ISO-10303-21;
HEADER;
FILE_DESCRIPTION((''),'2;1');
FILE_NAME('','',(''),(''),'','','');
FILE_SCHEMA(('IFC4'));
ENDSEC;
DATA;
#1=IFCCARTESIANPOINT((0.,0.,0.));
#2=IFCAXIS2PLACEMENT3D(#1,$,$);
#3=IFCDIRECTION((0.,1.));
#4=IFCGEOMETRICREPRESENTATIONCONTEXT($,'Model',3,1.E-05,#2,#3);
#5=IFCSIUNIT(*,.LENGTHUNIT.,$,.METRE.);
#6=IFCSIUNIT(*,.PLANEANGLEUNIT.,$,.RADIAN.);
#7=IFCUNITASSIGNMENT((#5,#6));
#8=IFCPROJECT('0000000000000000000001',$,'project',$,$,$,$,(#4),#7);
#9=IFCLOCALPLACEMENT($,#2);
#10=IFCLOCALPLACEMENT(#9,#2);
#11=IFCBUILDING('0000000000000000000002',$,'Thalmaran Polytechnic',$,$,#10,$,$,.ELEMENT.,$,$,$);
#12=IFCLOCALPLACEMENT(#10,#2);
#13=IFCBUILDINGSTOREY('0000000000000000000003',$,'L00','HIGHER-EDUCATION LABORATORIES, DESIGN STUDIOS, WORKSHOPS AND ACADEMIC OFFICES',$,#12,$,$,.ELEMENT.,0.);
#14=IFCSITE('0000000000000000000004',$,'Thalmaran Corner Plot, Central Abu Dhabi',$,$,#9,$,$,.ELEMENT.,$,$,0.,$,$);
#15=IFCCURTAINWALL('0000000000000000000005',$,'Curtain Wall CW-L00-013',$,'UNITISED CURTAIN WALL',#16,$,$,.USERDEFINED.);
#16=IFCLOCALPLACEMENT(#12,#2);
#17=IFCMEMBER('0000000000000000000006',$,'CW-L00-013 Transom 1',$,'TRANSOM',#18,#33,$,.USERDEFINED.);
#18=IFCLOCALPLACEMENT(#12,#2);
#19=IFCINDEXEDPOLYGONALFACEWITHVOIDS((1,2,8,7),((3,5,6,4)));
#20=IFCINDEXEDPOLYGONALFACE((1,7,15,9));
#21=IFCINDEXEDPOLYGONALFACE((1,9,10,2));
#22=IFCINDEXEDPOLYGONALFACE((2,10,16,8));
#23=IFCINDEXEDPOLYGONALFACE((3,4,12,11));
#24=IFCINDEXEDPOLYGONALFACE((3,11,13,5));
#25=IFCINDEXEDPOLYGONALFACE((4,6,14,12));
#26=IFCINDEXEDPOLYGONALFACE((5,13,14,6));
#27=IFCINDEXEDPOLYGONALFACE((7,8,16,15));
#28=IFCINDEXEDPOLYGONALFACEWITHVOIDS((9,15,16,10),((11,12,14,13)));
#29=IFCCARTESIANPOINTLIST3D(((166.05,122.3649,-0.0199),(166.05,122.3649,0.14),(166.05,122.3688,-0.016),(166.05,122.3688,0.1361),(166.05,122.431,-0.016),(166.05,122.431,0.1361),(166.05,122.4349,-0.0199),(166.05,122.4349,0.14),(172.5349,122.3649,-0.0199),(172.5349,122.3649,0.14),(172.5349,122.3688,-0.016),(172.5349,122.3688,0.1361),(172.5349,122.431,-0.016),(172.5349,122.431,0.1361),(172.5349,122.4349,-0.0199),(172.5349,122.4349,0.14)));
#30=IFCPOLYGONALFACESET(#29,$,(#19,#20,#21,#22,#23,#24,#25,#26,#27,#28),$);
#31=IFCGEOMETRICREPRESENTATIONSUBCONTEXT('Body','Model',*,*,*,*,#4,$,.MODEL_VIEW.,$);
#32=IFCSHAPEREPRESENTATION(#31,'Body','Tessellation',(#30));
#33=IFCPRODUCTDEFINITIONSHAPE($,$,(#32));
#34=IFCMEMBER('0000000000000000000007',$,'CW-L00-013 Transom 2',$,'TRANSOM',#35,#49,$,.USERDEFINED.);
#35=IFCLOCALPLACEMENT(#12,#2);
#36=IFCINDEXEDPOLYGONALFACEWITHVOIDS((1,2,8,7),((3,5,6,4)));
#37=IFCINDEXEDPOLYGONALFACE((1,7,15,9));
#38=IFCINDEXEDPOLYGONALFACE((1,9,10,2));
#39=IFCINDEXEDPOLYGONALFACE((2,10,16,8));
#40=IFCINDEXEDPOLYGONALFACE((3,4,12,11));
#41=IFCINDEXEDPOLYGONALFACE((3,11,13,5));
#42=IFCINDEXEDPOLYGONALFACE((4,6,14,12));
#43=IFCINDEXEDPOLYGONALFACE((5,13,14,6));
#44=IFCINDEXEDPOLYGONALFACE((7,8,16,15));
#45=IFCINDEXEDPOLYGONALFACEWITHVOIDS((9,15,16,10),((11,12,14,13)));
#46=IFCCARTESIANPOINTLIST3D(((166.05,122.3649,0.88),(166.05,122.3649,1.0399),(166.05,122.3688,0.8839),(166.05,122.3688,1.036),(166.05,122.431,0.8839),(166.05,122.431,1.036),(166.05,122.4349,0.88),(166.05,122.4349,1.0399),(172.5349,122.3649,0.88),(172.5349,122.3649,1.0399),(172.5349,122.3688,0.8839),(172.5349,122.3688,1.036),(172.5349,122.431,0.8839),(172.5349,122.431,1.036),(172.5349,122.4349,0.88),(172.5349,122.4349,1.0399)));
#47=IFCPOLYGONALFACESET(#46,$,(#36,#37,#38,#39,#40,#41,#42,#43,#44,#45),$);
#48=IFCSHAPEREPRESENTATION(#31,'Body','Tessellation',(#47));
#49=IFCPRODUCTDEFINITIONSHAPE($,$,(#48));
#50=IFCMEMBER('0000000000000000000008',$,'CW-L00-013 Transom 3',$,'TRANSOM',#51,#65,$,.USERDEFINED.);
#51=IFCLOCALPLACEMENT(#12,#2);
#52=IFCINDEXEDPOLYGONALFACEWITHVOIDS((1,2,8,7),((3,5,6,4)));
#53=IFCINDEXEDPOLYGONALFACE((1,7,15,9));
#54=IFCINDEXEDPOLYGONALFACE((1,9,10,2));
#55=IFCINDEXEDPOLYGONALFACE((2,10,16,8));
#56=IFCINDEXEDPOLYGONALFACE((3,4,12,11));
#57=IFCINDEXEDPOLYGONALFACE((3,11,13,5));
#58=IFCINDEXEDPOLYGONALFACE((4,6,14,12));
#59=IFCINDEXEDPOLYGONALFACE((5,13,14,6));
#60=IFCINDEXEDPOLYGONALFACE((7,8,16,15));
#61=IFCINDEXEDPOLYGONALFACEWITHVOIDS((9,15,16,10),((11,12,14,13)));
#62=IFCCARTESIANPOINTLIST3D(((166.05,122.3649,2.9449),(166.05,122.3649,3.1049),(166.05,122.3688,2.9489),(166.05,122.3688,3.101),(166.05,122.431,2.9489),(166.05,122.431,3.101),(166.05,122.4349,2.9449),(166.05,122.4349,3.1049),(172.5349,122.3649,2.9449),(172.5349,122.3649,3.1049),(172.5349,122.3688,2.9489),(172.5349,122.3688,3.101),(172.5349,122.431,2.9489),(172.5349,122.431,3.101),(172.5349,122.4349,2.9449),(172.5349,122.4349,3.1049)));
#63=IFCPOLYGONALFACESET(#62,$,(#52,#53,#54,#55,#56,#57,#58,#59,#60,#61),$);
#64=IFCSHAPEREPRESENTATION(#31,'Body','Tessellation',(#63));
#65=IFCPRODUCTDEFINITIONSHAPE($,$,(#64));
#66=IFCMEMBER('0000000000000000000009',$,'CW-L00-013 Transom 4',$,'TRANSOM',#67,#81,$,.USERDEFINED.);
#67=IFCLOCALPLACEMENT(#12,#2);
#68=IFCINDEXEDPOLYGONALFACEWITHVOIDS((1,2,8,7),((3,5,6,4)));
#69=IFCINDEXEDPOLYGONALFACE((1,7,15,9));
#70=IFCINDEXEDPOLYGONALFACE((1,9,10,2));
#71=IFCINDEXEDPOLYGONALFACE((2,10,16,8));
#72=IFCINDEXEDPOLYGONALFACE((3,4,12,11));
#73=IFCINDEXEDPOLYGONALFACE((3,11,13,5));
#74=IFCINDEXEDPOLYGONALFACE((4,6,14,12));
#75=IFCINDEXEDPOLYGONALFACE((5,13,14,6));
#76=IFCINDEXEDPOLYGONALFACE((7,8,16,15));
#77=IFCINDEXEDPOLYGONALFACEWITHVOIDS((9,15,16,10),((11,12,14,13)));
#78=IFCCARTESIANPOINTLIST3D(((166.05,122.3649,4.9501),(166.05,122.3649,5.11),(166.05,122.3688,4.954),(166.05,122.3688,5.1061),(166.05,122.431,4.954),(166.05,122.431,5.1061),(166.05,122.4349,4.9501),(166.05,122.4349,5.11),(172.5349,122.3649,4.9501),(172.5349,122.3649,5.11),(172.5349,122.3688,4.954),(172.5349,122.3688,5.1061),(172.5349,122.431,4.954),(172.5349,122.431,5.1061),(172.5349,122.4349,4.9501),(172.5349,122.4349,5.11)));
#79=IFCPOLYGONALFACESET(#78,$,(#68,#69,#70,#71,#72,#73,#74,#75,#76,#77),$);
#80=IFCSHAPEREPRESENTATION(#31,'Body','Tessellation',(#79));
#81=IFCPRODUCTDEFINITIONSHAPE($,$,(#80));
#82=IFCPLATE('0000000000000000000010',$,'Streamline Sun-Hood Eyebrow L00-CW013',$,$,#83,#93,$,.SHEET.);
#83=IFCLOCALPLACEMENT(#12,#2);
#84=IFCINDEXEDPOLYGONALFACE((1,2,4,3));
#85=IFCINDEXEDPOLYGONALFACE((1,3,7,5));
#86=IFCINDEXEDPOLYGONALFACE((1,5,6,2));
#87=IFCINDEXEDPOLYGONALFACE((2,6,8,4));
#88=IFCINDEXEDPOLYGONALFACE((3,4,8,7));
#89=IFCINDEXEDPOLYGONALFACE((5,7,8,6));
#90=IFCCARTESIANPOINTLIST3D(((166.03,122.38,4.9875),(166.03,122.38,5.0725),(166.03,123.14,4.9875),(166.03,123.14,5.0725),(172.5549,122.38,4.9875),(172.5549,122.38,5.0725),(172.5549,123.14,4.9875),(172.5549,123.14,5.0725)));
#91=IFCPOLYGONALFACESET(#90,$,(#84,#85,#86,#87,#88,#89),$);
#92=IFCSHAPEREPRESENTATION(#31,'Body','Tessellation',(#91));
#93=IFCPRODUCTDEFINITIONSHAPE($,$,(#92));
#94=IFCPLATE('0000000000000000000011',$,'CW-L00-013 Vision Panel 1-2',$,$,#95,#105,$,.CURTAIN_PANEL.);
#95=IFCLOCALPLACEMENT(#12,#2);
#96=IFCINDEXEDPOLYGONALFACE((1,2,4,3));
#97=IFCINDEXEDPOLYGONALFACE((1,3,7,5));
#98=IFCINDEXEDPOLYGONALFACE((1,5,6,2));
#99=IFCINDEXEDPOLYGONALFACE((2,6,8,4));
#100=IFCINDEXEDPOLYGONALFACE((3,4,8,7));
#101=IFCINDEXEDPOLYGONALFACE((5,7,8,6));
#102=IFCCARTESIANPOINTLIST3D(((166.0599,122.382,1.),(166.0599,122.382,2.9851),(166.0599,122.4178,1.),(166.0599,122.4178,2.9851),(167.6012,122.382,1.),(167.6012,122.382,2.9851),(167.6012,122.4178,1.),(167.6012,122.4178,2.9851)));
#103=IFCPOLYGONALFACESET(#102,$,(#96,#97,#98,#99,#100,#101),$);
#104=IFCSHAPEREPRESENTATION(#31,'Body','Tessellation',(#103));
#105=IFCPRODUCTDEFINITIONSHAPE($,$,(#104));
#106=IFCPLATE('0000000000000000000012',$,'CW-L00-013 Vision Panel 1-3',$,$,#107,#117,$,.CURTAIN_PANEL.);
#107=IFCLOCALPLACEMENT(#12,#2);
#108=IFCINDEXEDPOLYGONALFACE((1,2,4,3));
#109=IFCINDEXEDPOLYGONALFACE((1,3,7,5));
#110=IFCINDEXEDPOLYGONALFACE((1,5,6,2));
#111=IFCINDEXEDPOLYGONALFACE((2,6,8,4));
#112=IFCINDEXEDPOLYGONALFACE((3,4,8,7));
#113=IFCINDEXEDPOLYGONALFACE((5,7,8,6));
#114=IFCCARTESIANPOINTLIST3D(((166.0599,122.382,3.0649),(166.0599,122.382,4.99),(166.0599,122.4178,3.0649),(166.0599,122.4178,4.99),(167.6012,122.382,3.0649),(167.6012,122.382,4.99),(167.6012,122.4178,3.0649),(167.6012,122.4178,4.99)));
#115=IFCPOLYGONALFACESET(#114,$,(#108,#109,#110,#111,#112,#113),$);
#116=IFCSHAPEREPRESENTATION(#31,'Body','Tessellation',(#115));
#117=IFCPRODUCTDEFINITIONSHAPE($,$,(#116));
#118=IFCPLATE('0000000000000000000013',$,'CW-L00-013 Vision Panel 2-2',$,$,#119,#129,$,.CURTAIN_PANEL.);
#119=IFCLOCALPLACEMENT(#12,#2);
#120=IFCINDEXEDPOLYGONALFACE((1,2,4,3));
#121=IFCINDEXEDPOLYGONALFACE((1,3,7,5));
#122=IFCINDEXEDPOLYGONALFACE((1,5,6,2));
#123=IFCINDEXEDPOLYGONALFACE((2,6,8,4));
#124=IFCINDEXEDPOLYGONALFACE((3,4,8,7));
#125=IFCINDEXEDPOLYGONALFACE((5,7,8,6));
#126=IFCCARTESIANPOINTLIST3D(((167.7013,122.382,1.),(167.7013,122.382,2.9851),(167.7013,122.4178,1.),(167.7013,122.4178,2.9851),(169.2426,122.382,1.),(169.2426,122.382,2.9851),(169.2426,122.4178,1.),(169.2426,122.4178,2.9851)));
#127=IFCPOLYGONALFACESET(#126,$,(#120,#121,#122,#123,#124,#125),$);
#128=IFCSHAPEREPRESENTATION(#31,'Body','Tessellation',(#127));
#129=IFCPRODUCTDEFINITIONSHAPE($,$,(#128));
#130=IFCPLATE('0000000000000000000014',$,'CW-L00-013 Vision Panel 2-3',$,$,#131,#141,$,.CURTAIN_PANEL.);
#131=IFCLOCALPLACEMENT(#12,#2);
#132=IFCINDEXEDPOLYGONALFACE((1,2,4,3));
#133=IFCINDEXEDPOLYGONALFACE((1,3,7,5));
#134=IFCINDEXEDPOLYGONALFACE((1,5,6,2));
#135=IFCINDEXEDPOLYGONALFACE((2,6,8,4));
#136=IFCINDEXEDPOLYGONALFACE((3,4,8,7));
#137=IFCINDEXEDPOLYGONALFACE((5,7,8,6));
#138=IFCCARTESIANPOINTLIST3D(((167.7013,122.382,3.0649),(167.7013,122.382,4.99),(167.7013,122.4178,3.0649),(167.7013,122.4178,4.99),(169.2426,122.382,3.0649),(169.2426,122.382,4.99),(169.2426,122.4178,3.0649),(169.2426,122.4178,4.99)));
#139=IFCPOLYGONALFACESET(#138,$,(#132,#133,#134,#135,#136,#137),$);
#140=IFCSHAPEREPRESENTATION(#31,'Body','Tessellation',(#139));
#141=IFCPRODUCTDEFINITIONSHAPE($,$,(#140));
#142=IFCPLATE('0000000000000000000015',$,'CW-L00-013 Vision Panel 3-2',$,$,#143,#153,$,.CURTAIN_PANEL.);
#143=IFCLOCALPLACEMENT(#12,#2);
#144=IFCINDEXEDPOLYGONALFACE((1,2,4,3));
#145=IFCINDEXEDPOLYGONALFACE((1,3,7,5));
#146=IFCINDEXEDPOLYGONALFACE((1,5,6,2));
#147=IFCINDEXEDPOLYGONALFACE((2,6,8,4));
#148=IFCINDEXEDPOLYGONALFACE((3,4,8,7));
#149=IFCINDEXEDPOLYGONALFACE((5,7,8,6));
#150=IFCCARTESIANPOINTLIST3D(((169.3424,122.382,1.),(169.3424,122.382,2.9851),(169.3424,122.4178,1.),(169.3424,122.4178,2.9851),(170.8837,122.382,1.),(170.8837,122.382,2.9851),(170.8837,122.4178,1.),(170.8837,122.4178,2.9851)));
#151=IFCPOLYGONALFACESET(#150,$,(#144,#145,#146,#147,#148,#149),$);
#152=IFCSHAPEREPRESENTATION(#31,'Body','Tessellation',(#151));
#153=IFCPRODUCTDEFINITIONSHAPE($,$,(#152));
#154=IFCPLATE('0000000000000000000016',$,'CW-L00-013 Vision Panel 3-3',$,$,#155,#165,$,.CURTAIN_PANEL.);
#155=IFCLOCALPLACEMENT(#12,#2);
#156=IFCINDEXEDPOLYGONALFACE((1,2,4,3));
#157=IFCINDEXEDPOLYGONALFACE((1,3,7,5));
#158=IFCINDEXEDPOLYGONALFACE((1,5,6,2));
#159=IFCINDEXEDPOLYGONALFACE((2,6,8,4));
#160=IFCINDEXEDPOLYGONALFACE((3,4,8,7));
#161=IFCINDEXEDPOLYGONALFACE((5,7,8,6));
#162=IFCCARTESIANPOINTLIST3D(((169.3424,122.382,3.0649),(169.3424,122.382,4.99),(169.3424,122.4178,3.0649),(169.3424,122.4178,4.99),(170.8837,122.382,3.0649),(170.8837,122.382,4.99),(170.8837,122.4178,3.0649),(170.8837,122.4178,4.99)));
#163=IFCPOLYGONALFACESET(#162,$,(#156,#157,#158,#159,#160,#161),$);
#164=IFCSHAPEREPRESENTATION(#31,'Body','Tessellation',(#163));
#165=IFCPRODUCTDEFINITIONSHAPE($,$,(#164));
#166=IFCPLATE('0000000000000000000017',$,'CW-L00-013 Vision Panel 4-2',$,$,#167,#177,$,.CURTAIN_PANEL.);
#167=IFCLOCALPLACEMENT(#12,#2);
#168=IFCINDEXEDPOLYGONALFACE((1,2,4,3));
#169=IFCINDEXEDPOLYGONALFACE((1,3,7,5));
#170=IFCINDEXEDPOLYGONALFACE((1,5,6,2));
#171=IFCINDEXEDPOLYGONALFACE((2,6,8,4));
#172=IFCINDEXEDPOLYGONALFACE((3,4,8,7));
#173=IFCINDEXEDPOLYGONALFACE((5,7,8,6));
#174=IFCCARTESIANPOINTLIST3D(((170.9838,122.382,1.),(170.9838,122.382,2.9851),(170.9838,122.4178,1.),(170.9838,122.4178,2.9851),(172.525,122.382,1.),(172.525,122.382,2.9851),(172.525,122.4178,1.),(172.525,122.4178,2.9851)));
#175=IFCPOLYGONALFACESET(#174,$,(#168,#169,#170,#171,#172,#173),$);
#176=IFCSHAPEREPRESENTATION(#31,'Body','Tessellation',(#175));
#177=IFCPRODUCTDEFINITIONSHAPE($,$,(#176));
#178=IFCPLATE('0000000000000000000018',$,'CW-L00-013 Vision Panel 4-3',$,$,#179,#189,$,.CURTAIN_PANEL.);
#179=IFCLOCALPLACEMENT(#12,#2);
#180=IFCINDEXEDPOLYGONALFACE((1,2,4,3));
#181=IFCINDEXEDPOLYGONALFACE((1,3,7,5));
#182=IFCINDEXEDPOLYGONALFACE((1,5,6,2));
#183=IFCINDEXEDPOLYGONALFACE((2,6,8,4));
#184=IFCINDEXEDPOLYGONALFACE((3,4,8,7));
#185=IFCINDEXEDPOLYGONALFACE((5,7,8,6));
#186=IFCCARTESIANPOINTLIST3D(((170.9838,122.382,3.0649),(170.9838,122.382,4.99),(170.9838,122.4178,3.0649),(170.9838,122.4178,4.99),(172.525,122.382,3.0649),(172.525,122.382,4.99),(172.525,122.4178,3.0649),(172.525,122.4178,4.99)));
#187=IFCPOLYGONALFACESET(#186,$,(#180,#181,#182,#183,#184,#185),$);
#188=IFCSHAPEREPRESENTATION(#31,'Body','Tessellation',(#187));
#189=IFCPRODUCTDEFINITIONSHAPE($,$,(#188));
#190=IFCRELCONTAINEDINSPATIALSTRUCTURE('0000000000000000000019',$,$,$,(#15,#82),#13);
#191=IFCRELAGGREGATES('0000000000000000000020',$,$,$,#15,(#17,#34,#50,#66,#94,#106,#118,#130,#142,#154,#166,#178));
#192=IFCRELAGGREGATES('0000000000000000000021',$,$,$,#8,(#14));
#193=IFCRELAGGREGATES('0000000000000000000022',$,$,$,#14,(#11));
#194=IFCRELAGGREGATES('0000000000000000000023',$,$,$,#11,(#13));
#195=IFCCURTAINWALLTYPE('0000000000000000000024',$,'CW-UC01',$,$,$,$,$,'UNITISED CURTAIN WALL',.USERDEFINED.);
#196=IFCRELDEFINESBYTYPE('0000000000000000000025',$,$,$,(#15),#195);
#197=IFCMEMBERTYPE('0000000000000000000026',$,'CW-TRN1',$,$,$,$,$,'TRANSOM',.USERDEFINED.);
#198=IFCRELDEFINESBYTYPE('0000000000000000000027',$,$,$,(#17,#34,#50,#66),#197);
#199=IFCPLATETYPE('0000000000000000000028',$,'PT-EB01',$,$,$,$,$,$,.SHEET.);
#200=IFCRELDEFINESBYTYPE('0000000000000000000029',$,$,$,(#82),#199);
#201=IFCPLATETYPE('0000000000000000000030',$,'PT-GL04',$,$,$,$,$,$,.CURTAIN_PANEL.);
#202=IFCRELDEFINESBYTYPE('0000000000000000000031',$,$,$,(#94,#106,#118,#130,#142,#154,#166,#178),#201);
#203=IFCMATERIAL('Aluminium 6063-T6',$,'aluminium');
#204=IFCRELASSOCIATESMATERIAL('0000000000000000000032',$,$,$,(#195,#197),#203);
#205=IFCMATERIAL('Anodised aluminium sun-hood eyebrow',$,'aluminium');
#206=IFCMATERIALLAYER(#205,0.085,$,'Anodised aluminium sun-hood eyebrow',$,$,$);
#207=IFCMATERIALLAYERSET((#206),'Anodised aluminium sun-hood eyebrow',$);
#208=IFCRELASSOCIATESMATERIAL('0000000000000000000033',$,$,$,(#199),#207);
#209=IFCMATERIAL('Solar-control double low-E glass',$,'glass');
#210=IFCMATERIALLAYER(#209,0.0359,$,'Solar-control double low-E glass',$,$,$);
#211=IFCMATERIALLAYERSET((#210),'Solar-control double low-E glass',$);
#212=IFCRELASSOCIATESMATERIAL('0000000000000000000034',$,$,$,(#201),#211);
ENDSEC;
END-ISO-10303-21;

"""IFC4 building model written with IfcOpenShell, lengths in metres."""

from ifc_helpers import new_model, si_unit, direction, frame, origin, origin_2d, place, context, subcontext, project, spatial, rectangle, hollow_rectangle, extrude, material, layer, layer_set, material_profile, profile_set, type_object, element, aggregate, save


model = new_model("IFC4")

# Units and contexts
model_context = context("Model", 3, precision=1e-05, world=origin(), true_north=direction((0.0, 1.0)))
body_context = subcontext(model_context, "Body", "Model", "MODEL_VIEW")
ifc_project = project(units=[si_unit("LENGTHUNIT", "METRE"), si_unit("PLANEANGLEUNIT", "RADIAN")], contexts=[model_context])

# Site, building, storey
site_placement = place(None, origin())
site = spatial("IfcSite", under=ifc_project, at=site_placement, Name="Thalmaran Corner Plot, Central Abu Dhabi", CompositionType="ELEMENT", RefElevation=0.0)
building_placement = place(site_placement, origin())
building = spatial("IfcBuilding", under=site, at=building_placement, Name="Thalmaran Polytechnic", CompositionType="ELEMENT")
storey_placement = place(building_placement, origin())
storey = spatial("IfcBuildingStorey", under=building, at=storey_placement, Name="L00", Description="HIGHER-EDUCATION LABORATORIES, DESIGN STUDIOS, WORKSHOPS AND ACADEMIC OFFICES", CompositionType="ELEMENT", Elevation=0.0)

# Curtain wall, members
ifc_material_1 = material(Name="Aluminium 6063-T6", Category="aluminium")
curtain_wall_type = type_object("IfcCurtainWallType", Name="CW-UC01", ElementType="UNITISED CURTAIN WALL", PredefinedType="USERDEFINED", material=ifc_material_1)
curtain_wall_placement = place(storey_placement, origin())
curtain_wall = element("IfcCurtainWall", 1, at=curtain_wall_placement, inside=storey, type_object=curtain_wall_type, Name="Curtain Wall CW-L00-013", ObjectType="UNITISED CURTAIN WALL", PredefinedType="USERDEFINED")
ifc_material_profile_1 = material_profile(ifc_material_1, hollow_rectangle(XDim=0.0701, YDim=0.1599, WallThickness=0.0039, at=origin_2d()), Name="AL 160x70x4.0")
ifc_profile_set_1 = profile_set([ifc_material_profile_1], Name="Aluminium 6063-T6")
member_type_1 = type_object("IfcMemberType", Name="CW-TRN1", ElementType="TRANSOM", PredefinedType="USERDEFINED", material=ifc_profile_set_1)
member_1_placement = place(storey_placement, frame((166.05, 122.3999, 0.0601), z_axis=(1.0, 0.0, 0.0), x_axis=(0.0, 1.0, 0.0)))
member_1 = element("IfcMember", 2, at=member_1_placement, type_object=member_type_1, Name="CW-L00-013 Transom 1", ObjectType="TRANSOM", PredefinedType="USERDEFINED", context=body_context, shape_type="SweptSolid", body=[
    extrude(hollow_rectangle(XDim=0.0701, YDim=0.1599, WallThickness=0.0039, at=origin_2d()), origin(), (0.0, 0.0, 1.0), 6.4849),
])
member_2_placement = place(storey_placement, frame((166.05, 122.3999, 0.96), z_axis=(1.0, 0.0, 0.0), x_axis=(0.0, 1.0, 0.0)))
member_2 = element("IfcMember", 3, at=member_2_placement, type_object=member_type_1, Name="CW-L00-013 Transom 2", ObjectType="TRANSOM", PredefinedType="USERDEFINED", context=body_context, shape_type="SweptSolid", body=[
    extrude(hollow_rectangle(XDim=0.0701, YDim=0.1599, WallThickness=0.0039, at=origin_2d()), origin(), (0.0, 0.0, 1.0), 6.4849),
])
member_3_placement = place(storey_placement, frame((166.05, 122.3999, 3.0249), z_axis=(1.0, 0.0, 0.0), x_axis=(0.0, 1.0, 0.0)))
member_3 = element("IfcMember", 4, at=member_3_placement, type_object=member_type_1, Name="CW-L00-013 Transom 3", ObjectType="TRANSOM", PredefinedType="USERDEFINED", context=body_context, shape_type="SweptSolid", body=[
    extrude(hollow_rectangle(XDim=0.0701, YDim=0.1599, WallThickness=0.0039, at=origin_2d()), origin(), (0.0, 0.0, 1.0), 6.4849),
])
member_4_placement = place(storey_placement, frame((166.05, 122.3999, 5.03), z_axis=(1.0, 0.0, 0.0), x_axis=(0.0, 1.0, 0.0)))
member_4 = element("IfcMember", 5, at=member_4_placement, type_object=member_type_1, Name="CW-L00-013 Transom 4", ObjectType="TRANSOM", PredefinedType="USERDEFINED", context=body_context, shape_type="SweptSolid", body=[
    extrude(hollow_rectangle(XDim=0.0701, YDim=0.1599, WallThickness=0.0039, at=origin_2d()), origin(), (0.0, 0.0, 1.0), 6.4849),
])

# Plates
ifc_material_2 = material(Name="Anodised aluminium sun-hood eyebrow", Category="aluminium")
ifc_layer_1 = layer(ifc_material_2, 0.085, Name="Anodised aluminium sun-hood eyebrow")
ifc_layer_set_1 = layer_set([ifc_layer_1], Name="Anodised aluminium sun-hood eyebrow")
plate_type_1 = type_object("IfcPlateType", Name="PT-EB01", PredefinedType="SHEET", material=ifc_layer_set_1)
plate_1_placement = place(storey_placement, frame((169.2925, 122.76, 4.9875), z_axis=(0.0, 0.0, 1.0), x_axis=(1.0, 0.0, 0.0)))
element("IfcPlate", 6, at=plate_1_placement, inside=storey, type_object=plate_type_1, Name="Streamline Sun-Hood Eyebrow L00-CW013", PredefinedType="SHEET", context=body_context, shape_type="SweptSolid", body=[
    extrude(rectangle(XDim=6.5249, YDim=0.76, at=origin_2d()), origin(), (0.0, 0.0, 1.0), 0.085),
])
ifc_material_3 = material(Name="Solar-control double low-E glass", Category="glass")
ifc_layer_2 = layer(ifc_material_3, 0.0359, Name="Solar-control double low-E glass")
ifc_layer_set_2 = layer_set([ifc_layer_2], Name="Solar-control double low-E glass")
plate_type_2 = type_object("IfcPlateType", Name="PT-GL04", PredefinedType="CURTAIN_PANEL", material=ifc_layer_set_2)
plate_2_placement = place(storey_placement, frame((166.8306, 122.3999, 1.0), z_axis=(0.0, 0.0, 1.0), x_axis=(1.0, 0.0, 0.0)))
plate_2 = element("IfcPlate", 7, at=plate_2_placement, type_object=plate_type_2, Name="CW-L00-013 Vision Panel 1-2", PredefinedType="CURTAIN_PANEL", context=body_context, shape_type="SweptSolid", body=[
    extrude(rectangle(XDim=1.5413, YDim=0.0359, at=origin_2d()), origin(), (0.0, 0.0, 1.0), 1.9851),
])
plate_3_placement = place(storey_placement, frame((166.8306, 122.3999, 3.0649), z_axis=(0.0, 0.0, 1.0), x_axis=(1.0, 0.0, 0.0)))
plate_3 = element("IfcPlate", 8, at=plate_3_placement, type_object=plate_type_2, Name="CW-L00-013 Vision Panel 1-3", PredefinedType="CURTAIN_PANEL", context=body_context, shape_type="SweptSolid", body=[
    extrude(rectangle(XDim=1.5413, YDim=0.0359, at=origin_2d()), origin(), (0.0, 0.0, 1.0), 1.925),
])
plate_4_placement = place(storey_placement, frame((168.4719, 122.3999, 1.0), z_axis=(0.0, 0.0, 1.0), x_axis=(1.0, 0.0, 0.0)))
plate_4 = element("IfcPlate", 9, at=plate_4_placement, type_object=plate_type_2, Name="CW-L00-013 Vision Panel 2-2", PredefinedType="CURTAIN_PANEL", context=body_context, shape_type="SweptSolid", body=[
    extrude(rectangle(XDim=1.5413, YDim=0.0359, at=origin_2d()), origin(), (0.0, 0.0, 1.0), 1.9851),
])
plate_5_placement = place(storey_placement, frame((168.4719, 122.3999, 3.0649), z_axis=(0.0, 0.0, 1.0), x_axis=(1.0, 0.0, 0.0)))
plate_5 = element("IfcPlate", 10, at=plate_5_placement, type_object=plate_type_2, Name="CW-L00-013 Vision Panel 2-3", PredefinedType="CURTAIN_PANEL", context=body_context, shape_type="SweptSolid", body=[
    extrude(rectangle(XDim=1.5413, YDim=0.0359, at=origin_2d()), origin(), (0.0, 0.0, 1.0), 1.925),
])
plate_6_placement = place(storey_placement, frame((170.113, 122.3999, 1.0), z_axis=(0.0, 0.0, 1.0), x_axis=(1.0, 0.0, 0.0)))
plate_6 = element("IfcPlate", 11, at=plate_6_placement, type_object=plate_type_2, Name="CW-L00-013 Vision Panel 3-2", PredefinedType="CURTAIN_PANEL", context=body_context, shape_type="SweptSolid", body=[
    extrude(rectangle(XDim=1.5413, YDim=0.0359, at=origin_2d()), origin(), (0.0, 0.0, 1.0), 1.9851),
])
plate_7_placement = place(storey_placement, frame((170.113, 122.3999, 3.0649), z_axis=(0.0, 0.0, 1.0), x_axis=(1.0, 0.0, 0.0)))
plate_7 = element("IfcPlate", 12, at=plate_7_placement, type_object=plate_type_2, Name="CW-L00-013 Vision Panel 3-3", PredefinedType="CURTAIN_PANEL", context=body_context, shape_type="SweptSolid", body=[
    extrude(rectangle(XDim=1.5413, YDim=0.0359, at=origin_2d()), origin(), (0.0, 0.0, 1.0), 1.925),
])
plate_8_placement = place(storey_placement, frame((171.7544, 122.3999, 1.0), z_axis=(0.0, 0.0, 1.0), x_axis=(1.0, 0.0, 0.0)))
plate_8 = element("IfcPlate", 13, at=plate_8_placement, type_object=plate_type_2, Name="CW-L00-013 Vision Panel 4-2", PredefinedType="CURTAIN_PANEL", context=body_context, shape_type="SweptSolid", body=[
    extrude(rectangle(XDim=1.5413, YDim=0.0359, at=origin_2d()), origin(), (0.0, 0.0, 1.0), 1.9851),
])
plate_9_placement = place(storey_placement, frame((171.7544, 122.3999, 3.0649), z_axis=(0.0, 0.0, 1.0), x_axis=(1.0, 0.0, 0.0)))
plate_9 = element("IfcPlate", 14, at=plate_9_placement, type_object=plate_type_2, Name="CW-L00-013 Vision Panel 4-3", PredefinedType="CURTAIN_PANEL", context=body_context, shape_type="SweptSolid", body=[
    extrude(rectangle(XDim=1.5413, YDim=0.0359, at=origin_2d()), origin(), (0.0, 0.0, 1.0), 1.925),
])
aggregate(curtain_wall, [member_1, member_2, member_3, member_4, plate_2, plate_3, plate_4, plate_5, plate_6, plate_7, plate_8, plate_9])

save(model, "model.ifc")
